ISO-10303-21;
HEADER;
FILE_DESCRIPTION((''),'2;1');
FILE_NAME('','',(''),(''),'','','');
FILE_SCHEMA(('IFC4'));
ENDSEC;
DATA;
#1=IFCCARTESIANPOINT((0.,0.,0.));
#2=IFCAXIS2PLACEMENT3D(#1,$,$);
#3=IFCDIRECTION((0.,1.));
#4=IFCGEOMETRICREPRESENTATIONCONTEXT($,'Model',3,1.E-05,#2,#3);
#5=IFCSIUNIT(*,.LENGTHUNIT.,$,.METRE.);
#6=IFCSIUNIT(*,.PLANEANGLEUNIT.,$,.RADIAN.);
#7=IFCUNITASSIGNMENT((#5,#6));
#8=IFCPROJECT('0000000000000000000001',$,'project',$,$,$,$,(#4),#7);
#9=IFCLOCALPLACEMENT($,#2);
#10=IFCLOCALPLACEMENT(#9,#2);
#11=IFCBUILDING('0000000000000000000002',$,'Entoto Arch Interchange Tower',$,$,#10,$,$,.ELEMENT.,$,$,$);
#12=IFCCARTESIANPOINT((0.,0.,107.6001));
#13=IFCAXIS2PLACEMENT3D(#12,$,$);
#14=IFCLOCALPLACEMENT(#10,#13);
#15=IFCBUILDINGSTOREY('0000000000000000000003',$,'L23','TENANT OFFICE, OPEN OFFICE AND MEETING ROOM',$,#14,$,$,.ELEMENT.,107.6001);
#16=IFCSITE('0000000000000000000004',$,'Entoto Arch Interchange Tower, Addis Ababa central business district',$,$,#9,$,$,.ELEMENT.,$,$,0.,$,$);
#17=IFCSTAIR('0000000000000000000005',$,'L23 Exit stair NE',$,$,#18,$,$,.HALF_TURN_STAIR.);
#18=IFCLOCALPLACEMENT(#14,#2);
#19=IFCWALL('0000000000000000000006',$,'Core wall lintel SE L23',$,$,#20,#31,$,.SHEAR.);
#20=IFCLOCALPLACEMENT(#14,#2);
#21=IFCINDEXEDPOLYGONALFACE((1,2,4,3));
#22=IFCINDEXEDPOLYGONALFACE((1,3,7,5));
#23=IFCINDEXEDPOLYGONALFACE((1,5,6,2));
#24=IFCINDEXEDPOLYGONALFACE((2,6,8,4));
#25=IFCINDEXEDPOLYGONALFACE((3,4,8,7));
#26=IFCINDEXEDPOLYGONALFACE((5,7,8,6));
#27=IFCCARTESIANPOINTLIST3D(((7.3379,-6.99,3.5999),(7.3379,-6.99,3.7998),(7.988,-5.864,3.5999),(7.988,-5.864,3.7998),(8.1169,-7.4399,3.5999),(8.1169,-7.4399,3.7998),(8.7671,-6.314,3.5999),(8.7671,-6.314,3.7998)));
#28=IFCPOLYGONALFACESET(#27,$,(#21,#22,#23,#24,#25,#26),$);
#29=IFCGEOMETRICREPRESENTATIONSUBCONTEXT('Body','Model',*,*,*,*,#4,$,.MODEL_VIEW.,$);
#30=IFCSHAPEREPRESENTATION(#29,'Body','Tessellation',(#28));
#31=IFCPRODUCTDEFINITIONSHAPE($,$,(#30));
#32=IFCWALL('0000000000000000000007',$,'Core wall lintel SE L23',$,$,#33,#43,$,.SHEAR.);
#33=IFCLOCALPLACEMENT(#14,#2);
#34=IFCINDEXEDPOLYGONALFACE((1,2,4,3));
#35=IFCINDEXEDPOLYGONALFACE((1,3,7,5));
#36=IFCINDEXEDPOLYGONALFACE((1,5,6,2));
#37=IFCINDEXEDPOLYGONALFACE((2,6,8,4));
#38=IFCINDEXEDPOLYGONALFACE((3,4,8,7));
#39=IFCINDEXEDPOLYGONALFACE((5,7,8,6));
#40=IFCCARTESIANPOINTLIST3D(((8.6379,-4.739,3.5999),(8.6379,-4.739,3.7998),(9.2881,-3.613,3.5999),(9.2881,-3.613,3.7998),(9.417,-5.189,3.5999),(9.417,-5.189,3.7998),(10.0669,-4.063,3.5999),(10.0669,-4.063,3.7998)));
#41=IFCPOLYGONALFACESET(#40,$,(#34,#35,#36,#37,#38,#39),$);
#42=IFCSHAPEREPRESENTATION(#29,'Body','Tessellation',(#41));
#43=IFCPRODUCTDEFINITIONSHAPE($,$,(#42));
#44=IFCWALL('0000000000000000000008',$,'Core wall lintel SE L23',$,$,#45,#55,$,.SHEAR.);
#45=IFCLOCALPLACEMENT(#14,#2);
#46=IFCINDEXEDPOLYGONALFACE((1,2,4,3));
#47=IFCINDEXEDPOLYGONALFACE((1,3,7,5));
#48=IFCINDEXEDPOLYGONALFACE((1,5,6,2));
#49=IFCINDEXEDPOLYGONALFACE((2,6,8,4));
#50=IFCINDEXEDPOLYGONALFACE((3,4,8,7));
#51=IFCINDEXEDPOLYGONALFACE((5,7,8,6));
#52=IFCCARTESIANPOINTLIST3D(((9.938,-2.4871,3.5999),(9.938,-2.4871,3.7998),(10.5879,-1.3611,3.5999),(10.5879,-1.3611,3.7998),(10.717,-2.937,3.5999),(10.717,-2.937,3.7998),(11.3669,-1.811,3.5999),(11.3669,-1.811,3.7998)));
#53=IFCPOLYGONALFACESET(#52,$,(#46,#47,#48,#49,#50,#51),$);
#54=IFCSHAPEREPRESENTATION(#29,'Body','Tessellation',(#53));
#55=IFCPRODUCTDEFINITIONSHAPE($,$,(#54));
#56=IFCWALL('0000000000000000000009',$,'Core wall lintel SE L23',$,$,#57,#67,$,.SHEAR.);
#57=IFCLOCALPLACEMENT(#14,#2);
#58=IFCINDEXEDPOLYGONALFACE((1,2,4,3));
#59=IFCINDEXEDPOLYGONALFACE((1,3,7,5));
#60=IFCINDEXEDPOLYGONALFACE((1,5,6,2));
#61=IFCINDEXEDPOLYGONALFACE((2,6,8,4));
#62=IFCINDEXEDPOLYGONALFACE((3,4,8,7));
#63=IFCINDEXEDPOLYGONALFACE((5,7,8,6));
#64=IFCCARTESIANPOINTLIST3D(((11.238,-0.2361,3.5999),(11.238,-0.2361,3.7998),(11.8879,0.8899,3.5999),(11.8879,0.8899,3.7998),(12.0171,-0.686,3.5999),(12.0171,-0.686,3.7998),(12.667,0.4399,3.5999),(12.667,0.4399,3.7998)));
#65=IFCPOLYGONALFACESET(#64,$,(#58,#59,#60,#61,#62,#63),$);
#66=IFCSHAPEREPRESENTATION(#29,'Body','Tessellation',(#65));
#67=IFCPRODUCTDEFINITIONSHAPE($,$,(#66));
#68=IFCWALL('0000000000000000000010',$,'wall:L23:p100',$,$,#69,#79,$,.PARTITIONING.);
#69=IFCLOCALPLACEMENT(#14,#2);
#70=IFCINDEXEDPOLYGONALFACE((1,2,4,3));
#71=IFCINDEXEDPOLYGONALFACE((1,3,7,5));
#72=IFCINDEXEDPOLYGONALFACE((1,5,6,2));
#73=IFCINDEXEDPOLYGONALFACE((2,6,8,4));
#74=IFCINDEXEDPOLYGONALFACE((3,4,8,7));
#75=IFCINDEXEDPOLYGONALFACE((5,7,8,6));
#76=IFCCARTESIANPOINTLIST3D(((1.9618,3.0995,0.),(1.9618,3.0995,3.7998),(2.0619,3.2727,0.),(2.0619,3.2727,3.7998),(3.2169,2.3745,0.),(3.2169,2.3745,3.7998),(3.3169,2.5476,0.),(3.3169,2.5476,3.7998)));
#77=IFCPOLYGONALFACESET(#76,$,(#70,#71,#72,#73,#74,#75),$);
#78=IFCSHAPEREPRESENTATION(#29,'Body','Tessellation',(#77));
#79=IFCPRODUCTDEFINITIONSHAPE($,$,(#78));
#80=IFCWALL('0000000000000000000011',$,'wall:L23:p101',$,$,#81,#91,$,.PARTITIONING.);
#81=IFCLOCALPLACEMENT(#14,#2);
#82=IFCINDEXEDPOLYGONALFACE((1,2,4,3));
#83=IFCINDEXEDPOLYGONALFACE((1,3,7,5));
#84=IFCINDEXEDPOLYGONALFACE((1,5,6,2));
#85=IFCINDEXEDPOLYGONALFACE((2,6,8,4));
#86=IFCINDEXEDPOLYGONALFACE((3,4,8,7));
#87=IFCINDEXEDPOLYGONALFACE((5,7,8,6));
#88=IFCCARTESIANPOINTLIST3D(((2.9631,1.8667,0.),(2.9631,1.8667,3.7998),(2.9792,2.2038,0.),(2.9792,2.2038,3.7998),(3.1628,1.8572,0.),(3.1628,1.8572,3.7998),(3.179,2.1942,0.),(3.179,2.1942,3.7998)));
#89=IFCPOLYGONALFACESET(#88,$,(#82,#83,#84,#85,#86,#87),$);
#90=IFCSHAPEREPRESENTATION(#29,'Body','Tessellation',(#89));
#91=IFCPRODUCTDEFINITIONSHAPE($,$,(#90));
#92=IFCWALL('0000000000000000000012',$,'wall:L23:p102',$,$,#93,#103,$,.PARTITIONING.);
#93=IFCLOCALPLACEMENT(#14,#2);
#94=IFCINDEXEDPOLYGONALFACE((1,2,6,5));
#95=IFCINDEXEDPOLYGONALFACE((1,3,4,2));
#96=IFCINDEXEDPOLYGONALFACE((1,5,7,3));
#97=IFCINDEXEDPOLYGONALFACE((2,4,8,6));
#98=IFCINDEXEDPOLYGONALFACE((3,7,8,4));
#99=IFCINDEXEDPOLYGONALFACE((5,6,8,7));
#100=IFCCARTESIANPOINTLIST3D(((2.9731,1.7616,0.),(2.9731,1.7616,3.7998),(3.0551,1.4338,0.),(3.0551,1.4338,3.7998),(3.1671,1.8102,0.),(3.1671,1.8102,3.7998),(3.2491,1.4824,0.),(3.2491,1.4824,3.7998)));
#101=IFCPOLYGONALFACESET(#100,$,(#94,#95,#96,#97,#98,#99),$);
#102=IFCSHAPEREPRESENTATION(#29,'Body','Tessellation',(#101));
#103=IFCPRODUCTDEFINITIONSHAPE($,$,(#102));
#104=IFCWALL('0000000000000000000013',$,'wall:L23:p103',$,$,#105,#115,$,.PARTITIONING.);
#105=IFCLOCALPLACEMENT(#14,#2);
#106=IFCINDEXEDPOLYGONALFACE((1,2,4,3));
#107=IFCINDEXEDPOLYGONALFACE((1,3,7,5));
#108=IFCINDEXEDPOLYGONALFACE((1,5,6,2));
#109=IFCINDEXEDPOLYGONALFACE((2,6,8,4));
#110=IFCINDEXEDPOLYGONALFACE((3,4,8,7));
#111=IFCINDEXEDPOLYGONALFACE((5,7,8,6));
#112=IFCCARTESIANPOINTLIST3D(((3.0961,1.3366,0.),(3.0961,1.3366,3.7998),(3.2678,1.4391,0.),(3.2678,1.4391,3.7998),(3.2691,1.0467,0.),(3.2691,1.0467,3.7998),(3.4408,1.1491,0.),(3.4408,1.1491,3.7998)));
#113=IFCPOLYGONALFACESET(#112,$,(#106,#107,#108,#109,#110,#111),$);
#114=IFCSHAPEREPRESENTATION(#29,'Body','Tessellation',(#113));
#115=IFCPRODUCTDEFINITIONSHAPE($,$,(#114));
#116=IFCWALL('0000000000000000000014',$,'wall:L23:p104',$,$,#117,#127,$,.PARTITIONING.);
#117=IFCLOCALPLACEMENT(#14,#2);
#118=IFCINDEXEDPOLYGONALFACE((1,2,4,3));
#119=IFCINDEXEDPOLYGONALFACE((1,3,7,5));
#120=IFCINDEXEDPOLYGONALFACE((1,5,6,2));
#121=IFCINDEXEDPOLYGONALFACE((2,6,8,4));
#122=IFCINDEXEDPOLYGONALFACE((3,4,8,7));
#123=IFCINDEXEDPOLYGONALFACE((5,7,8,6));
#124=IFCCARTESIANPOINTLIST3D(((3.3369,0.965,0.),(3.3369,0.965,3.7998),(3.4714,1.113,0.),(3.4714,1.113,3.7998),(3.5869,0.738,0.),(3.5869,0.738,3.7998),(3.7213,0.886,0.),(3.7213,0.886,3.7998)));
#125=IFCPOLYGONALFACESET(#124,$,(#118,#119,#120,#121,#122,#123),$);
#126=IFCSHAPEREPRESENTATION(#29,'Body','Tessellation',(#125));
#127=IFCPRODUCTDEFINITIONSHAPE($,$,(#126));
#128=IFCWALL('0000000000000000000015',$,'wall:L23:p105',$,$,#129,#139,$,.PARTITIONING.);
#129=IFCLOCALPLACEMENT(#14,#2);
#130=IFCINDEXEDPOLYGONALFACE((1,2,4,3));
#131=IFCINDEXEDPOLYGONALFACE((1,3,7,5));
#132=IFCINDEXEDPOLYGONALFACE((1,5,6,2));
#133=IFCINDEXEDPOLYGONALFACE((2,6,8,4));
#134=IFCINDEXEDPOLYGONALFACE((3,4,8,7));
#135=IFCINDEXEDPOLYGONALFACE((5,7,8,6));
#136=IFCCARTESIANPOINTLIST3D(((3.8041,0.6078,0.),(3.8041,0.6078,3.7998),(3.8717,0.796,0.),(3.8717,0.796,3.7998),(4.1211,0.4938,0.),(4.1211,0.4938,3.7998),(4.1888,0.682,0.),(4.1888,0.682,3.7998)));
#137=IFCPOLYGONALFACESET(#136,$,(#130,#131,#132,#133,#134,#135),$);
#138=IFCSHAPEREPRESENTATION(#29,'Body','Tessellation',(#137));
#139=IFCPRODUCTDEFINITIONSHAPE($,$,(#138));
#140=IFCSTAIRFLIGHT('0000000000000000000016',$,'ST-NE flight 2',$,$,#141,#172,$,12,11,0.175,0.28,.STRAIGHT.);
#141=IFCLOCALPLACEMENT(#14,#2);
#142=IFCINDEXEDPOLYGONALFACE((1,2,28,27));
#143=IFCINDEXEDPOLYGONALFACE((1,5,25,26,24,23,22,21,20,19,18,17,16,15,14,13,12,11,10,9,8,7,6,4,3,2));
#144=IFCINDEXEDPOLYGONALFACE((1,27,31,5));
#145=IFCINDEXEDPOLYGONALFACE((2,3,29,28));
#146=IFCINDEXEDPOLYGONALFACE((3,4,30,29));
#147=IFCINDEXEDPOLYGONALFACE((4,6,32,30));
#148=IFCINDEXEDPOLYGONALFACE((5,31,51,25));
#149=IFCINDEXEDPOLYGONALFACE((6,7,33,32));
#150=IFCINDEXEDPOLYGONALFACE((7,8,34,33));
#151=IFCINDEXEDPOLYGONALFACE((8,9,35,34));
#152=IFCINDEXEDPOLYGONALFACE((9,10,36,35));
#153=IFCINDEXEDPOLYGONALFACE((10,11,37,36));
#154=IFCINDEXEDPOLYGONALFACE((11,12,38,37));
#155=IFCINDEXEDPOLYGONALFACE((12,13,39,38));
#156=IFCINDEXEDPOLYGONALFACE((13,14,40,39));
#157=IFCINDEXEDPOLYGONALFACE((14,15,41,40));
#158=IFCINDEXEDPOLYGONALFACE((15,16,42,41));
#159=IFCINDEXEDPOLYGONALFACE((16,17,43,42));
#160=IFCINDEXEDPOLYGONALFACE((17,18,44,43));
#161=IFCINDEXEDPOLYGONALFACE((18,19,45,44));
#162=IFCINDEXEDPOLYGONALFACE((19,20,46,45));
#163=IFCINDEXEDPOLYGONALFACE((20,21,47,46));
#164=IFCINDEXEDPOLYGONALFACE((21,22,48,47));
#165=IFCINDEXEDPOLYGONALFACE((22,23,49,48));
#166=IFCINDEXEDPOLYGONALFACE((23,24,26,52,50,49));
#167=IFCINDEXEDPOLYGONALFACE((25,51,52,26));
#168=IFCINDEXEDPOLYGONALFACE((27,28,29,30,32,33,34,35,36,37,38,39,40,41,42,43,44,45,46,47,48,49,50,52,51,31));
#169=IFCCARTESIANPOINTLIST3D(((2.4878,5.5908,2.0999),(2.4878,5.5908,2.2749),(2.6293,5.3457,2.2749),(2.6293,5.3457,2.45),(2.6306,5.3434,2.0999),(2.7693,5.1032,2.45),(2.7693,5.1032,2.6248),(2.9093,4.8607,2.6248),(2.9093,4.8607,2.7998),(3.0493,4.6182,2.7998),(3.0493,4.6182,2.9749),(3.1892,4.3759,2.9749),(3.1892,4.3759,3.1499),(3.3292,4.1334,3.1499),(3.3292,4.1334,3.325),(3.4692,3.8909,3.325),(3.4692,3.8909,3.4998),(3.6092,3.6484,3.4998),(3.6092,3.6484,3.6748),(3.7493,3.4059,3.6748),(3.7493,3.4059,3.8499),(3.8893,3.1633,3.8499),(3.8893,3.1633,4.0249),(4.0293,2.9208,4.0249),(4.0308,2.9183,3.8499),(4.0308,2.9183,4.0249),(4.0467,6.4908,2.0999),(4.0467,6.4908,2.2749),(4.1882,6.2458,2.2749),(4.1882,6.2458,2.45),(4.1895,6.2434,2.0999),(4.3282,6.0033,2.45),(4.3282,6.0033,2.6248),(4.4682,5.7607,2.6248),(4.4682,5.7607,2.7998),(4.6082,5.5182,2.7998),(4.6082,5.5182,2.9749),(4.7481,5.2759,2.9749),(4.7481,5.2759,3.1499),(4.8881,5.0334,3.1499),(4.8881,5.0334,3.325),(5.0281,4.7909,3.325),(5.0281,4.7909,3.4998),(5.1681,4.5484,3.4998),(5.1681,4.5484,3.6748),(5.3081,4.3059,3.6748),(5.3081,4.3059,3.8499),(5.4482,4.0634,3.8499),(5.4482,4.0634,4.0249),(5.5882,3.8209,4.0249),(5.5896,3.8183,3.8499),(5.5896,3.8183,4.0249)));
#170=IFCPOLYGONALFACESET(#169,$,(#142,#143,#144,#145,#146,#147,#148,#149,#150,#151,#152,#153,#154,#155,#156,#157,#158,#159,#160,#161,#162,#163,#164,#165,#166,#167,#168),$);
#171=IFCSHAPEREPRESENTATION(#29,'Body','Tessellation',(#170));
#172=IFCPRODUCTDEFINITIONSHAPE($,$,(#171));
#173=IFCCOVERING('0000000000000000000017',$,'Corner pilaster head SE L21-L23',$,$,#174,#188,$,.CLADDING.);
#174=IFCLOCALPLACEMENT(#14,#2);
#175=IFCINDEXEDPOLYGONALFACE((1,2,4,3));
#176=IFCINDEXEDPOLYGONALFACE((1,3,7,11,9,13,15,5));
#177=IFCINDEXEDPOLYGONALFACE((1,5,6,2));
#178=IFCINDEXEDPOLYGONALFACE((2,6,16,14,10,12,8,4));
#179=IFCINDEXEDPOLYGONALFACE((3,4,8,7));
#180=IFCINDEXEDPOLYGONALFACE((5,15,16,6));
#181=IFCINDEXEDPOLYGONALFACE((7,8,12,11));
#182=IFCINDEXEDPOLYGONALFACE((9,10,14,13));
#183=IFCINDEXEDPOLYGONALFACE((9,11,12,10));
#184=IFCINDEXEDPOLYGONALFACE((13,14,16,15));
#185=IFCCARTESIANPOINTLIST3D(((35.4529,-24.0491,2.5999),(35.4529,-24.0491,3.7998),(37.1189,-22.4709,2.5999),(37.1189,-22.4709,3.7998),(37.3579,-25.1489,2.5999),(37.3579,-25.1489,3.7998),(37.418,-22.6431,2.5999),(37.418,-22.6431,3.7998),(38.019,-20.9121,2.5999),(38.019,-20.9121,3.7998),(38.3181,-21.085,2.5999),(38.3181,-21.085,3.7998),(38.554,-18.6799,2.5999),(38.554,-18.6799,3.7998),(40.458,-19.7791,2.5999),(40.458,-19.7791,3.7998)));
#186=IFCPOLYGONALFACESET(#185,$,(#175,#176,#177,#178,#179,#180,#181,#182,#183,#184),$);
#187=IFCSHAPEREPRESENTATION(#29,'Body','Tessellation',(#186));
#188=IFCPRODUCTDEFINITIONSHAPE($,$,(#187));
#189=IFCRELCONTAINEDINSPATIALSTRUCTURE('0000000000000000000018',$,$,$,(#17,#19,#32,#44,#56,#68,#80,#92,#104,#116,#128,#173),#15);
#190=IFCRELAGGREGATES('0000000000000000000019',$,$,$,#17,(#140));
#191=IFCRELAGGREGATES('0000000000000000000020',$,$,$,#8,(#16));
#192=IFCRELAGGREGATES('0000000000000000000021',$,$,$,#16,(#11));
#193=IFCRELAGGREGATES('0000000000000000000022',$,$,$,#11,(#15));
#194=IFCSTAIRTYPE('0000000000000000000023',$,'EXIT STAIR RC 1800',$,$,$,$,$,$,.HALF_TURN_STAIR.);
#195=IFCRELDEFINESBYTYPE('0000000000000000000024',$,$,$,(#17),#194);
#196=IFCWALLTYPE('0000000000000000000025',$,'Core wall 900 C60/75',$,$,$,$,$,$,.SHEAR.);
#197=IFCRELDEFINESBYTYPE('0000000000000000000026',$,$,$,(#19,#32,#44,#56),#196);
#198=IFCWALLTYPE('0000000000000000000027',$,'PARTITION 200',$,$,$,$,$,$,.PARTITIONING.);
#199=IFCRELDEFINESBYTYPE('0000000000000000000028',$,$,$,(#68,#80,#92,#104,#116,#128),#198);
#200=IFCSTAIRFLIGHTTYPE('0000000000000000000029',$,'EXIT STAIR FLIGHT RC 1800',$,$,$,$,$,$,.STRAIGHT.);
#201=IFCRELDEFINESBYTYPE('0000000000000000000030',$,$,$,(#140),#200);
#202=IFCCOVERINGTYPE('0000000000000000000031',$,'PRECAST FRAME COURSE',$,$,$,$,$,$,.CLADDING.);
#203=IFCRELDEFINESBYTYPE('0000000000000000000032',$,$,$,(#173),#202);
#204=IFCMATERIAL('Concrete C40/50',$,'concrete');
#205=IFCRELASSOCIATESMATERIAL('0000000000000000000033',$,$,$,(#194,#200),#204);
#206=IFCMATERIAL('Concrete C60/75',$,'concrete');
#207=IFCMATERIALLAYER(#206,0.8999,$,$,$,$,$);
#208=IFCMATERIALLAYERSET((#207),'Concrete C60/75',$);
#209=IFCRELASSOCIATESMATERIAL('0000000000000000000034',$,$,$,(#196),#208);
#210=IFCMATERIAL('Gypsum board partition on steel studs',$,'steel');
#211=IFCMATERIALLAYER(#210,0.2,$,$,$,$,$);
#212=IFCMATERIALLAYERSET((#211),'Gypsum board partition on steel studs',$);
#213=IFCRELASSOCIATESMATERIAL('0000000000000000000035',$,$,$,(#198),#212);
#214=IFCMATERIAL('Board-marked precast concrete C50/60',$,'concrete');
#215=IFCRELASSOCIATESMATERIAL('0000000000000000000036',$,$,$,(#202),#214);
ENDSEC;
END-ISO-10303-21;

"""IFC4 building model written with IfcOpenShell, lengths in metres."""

from ifc_helpers import new_model, si_unit, direction, frame, frame_2d, origin, place, context, subcontext, project, spatial, polyline, rectangle, outline, extrude, material, layer, layer_set, type_object, element, aggregate, save


model = new_model("IFC4")

# Units and contexts
model_context = context("Model", 3, precision=1e-05, world=origin(), true_north=direction((0.0, 1.0)))
body_context = subcontext(model_context, "Body", "Model", "MODEL_VIEW")
ifc_project = project(units=[si_unit("LENGTHUNIT", "METRE"), si_unit("PLANEANGLEUNIT", "RADIAN")], contexts=[model_context])

# Site, building, storey
site_placement = place(None, origin())
site = spatial("IfcSite", under=ifc_project, at=site_placement, Name="Entoto Arch Interchange Tower, Addis Ababa central business district", CompositionType="ELEMENT", RefElevation=0.0)
building_placement = place(site_placement, origin())
building = spatial("IfcBuilding", under=site, at=building_placement, Name="Entoto Arch Interchange Tower", CompositionType="ELEMENT")
storey_placement = place(building_placement, frame((0.0, 0.0, 107.6001)))
storey = spatial("IfcBuildingStorey", under=building, at=storey_placement, Name="L23", Description="TENANT OFFICE, OPEN OFFICE AND MEETING ROOM", CompositionType="ELEMENT", Elevation=107.6001)

# Shared definitions
ifc_material_1 = material(Name="Board-marked precast concrete C50/60", Category="concrete")
ifc_material_2 = material(Name="Concrete C40/50", Category="concrete")

# Stair
stair_type = type_object("IfcStairType", Name="EXIT STAIR RC 1800", PredefinedType="HALF_TURN_STAIR", material=ifc_material_2)
stair_1_placement = place(storey_placement, origin())
stair_1 = element("IfcStair", 1, at=stair_1_placement, inside=storey, type_object=stair_type, Name="L23 Exit stair NE", PredefinedType="HALF_TURN_STAIR")

# Walls
ifc_material_3 = material(Name="Concrete C60/75", Category="concrete")
ifc_layer_1 = layer(ifc_material_3, 0.8999)
ifc_layer_set_1 = layer_set([ifc_layer_1], Name="Concrete C60/75")
wall_type_1 = type_object("IfcWallType", Name="Core wall 900 C60/75", PredefinedType="SHEAR", material=ifc_layer_set_1)
wall_1_placement = place(storey_placement, frame((0.0, 0.0, 3.5999)))
element("IfcWall", 2, at=wall_1_placement, inside=storey, type_object=wall_type_1, Name="Core wall lintel SE L23", PredefinedType="SHEAR", context=body_context, shape_type="SweptSolid", body=[
    extrude(outline(polyline([(8.7671, -6.314), (7.988, -5.864), (7.3379, -6.99), (8.1169, -7.4399), (8.7671, -6.314)])), origin(), (0.0, 0.0, 1.0), 0.2),
])
wall_2_placement = place(storey_placement, frame((0.0, 0.0, 3.5999)))
element("IfcWall", 3, at=wall_2_placement, inside=storey, type_object=wall_type_1, Name="Core wall lintel SE L23", PredefinedType="SHEAR", context=body_context, shape_type="SweptSolid", body=[
    extrude(outline(polyline([(10.0669, -4.063), (9.2881, -3.613), (8.6379, -4.739), (9.417, -5.189), (10.0669, -4.063)])), origin(), (0.0, 0.0, 1.0), 0.2),
])
wall_3_placement = place(storey_placement, frame((0.0, 0.0, 3.5999)))
element("IfcWall", 4, at=wall_3_placement, inside=storey, type_object=wall_type_1, Name="Core wall lintel SE L23", PredefinedType="SHEAR", context=body_context, shape_type="SweptSolid", body=[
    extrude(outline(polyline([(11.3669, -1.811), (10.5879, -1.3611), (9.938, -2.4871), (10.717, -2.937), (11.3669, -1.811)])), origin(), (0.0, 0.0, 1.0), 0.2),
])
wall_4_placement = place(storey_placement, frame((0.0, 0.0, 3.5999)))
element("IfcWall", 5, at=wall_4_placement, inside=storey, type_object=wall_type_1, Name="Core wall lintel SE L23", PredefinedType="SHEAR", context=body_context, shape_type="SweptSolid", body=[
    extrude(outline(polyline([(12.667, 0.4399), (11.8879, 0.8899), (11.238, -0.2361), (12.0171, -0.686), (12.667, 0.4399)])), origin(), (0.0, 0.0, 1.0), 0.2),
])
ifc_material_4 = material(Name="Gypsum board partition on steel studs", Category="steel")
ifc_layer_2 = layer(ifc_material_4, 0.2)
ifc_layer_set_2 = layer_set([ifc_layer_2], Name="Gypsum board partition on steel studs")
wall_type_2 = type_object("IfcWallType", Name="PARTITION 200", PredefinedType="PARTITIONING", material=ifc_layer_set_2)
wall_5_placement = place(storey_placement, frame((2.012, 3.186, 0.0), z_axis=(0.0, 0.0, 1.0), x_axis=(0.865891, -0.500233, 0.0)))
element("IfcWall", 6, at=wall_5_placement, inside=storey, type_object=wall_type_2, Name="wall:L23:p100", PredefinedType="PARTITIONING", context=body_context, shape_type="SweptSolid", body=[
    extrude(rectangle(XDim=1.4495, YDim=0.2, at=frame_2d((0.7246, 0.0))), origin(), (0.0, 0.0, 1.0), 3.7998),
])
wall_6_placement = place(storey_placement, frame((3.0791, 2.199, 0.0), z_axis=(0.0, 0.0, 1.0), x_axis=(-0.047771, -0.998858, 0.0)))
element("IfcWall", 7, at=wall_6_placement, inside=storey, type_object=wall_type_2, Name="wall:L23:p101", PredefinedType="PARTITIONING", context=body_context, shape_type="SweptSolid", body=[
    extrude(rectangle(XDim=0.3374, YDim=0.2, at=frame_2d((0.1687, 0.0))), origin(), (0.0, 0.0, 1.0), 3.7998),
])
wall_7_placement = place(storey_placement, frame((3.0701, 1.7859, 0.0), z_axis=(0.0, 0.0, 1.0), x_axis=(0.242706, -0.9701, 0.0)))
element("IfcWall", 8, at=wall_7_placement, inside=storey, type_object=wall_type_2, Name="wall:L23:p102", PredefinedType="PARTITIONING", context=body_context, shape_type="SweptSolid", body=[
    extrude(rectangle(XDim=0.3379, YDim=0.2, at=frame_2d((0.1689, 0.0))), origin(), (0.0, 0.0, 1.0), 3.7998),
])
for number, where, z_axis, x_axis, name in (
    (9, (3.1819, 1.3879, 0.0), (0.0, 0.0, 1.0), (0.512475, -0.858702, 0.0), "wall:L23:p103"),
    (10, (3.4041, 1.0391, 0.0), (0.0, 0.0, 1.0), (0.740267, -0.672313, 0.0), "wall:L23:p104"),
):
    element("IfcWall", number, at=place(storey_placement, frame(where, z_axis=z_axis, x_axis=x_axis)), inside=storey, type_object=wall_type_2, Name=name, PredefinedType="PARTITIONING", context=body_context, shape_type="SweptSolid", body=[
        extrude(rectangle(XDim=0.3376, YDim=0.2, at=frame_2d((0.1689, 0.0))), origin(), (0.0, 0.0, 1.0), 3.7998),
    ])
wall_8_placement = place(storey_placement, frame((3.8379, 0.7019, 0.0), z_axis=(0.0, 0.0, 1.0), x_axis=(0.941035, -0.338309, 0.0)))
element("IfcWall", 11, at=wall_8_placement, inside=storey, type_object=wall_type_2, Name="wall:L23:p105", PredefinedType="PARTITIONING", context=body_context, shape_type="SweptSolid", body=[
    extrude(rectangle(XDim=0.3369, YDim=0.2, at=frame_2d((0.1685, 0.0))), origin(), (0.0, 0.0, 1.0), 3.7998),
])

# Stair flight
stair_flight_type = type_object("IfcStairFlightType", Name="EXIT STAIR FLIGHT RC 1800", PredefinedType="STRAIGHT", material=ifc_material_2)
stair_flight_placement = place(storey_placement, frame((3.2688, 6.0383, 2.0999), z_axis=(0.0, 0.0, 1.0), x_axis=(0.5, -0.866025, 0.0)))
stair_flight = element("IfcStairFlight", 12, at=stair_flight_placement, type_object=stair_flight_type, Name="ST-NE flight 2", NumberOfRisers=12, NumberOfTreads=11, PredefinedType="STRAIGHT", RiserHeight=0.175, TreadLength=0.28, context=body_context, shape_type="SweptSolid", body=[
    extrude(outline(polyline([(-0.0029, 0.0), (-0.0029, 0.175), (0.28, 0.175), (0.28, 0.3501), (0.5601, 0.3501), (0.5601, 0.5249), (0.8401, 0.5249), (0.8401, 0.7), (1.1201, 0.7), (1.1201, 0.875), (1.3999, 0.875), (1.3999, 1.05), (1.6799, 1.05), (1.6799, 1.2251), (1.96, 1.2251), (1.96, 1.3999), (2.24, 1.3999), (2.24, 1.575), (2.52, 1.575), (2.52, 1.75), (2.8, 1.75), (2.8, 1.925), (3.0801, 1.925), (3.083, 1.925), (3.083, 1.75), (0.2827, 0.0), (-0.0029, 0.0)])), frame((0.0, 0.8999, 0.0), z_axis=(0.0, -1.0, 0.0), x_axis=(1.0, 0.0, 0.0)), (0.0, 0.0, 1.0), 1.8),
])
aggregate(stair_1, [stair_flight])

# Covering
covering_type = type_object("IfcCoveringType", Name="PRECAST FRAME COURSE", PredefinedType="CLADDING", material=ifc_material_1)
covering_1_placement = place(storey_placement, frame((0.0, 0.0, 2.5999)))
element("IfcCovering", 13, at=covering_1_placement, inside=storey, type_object=covering_type, Name="Corner pilaster head SE L21-L23", PredefinedType="CLADDING", context=body_context, shape_type="SweptSolid", body=[
    extrude(outline(polyline([(40.458, -19.7791), (37.3579, -25.1489), (35.4529, -24.0491), (37.1189, -22.4709), (37.418, -22.6431), (38.3181, -21.085), (38.019, -20.9121), (38.554, -18.6799), (40.458, -19.7791)])), origin(), (0.0, 0.0, 1.0), 1.2),
])

save(model, "model.ifc")
